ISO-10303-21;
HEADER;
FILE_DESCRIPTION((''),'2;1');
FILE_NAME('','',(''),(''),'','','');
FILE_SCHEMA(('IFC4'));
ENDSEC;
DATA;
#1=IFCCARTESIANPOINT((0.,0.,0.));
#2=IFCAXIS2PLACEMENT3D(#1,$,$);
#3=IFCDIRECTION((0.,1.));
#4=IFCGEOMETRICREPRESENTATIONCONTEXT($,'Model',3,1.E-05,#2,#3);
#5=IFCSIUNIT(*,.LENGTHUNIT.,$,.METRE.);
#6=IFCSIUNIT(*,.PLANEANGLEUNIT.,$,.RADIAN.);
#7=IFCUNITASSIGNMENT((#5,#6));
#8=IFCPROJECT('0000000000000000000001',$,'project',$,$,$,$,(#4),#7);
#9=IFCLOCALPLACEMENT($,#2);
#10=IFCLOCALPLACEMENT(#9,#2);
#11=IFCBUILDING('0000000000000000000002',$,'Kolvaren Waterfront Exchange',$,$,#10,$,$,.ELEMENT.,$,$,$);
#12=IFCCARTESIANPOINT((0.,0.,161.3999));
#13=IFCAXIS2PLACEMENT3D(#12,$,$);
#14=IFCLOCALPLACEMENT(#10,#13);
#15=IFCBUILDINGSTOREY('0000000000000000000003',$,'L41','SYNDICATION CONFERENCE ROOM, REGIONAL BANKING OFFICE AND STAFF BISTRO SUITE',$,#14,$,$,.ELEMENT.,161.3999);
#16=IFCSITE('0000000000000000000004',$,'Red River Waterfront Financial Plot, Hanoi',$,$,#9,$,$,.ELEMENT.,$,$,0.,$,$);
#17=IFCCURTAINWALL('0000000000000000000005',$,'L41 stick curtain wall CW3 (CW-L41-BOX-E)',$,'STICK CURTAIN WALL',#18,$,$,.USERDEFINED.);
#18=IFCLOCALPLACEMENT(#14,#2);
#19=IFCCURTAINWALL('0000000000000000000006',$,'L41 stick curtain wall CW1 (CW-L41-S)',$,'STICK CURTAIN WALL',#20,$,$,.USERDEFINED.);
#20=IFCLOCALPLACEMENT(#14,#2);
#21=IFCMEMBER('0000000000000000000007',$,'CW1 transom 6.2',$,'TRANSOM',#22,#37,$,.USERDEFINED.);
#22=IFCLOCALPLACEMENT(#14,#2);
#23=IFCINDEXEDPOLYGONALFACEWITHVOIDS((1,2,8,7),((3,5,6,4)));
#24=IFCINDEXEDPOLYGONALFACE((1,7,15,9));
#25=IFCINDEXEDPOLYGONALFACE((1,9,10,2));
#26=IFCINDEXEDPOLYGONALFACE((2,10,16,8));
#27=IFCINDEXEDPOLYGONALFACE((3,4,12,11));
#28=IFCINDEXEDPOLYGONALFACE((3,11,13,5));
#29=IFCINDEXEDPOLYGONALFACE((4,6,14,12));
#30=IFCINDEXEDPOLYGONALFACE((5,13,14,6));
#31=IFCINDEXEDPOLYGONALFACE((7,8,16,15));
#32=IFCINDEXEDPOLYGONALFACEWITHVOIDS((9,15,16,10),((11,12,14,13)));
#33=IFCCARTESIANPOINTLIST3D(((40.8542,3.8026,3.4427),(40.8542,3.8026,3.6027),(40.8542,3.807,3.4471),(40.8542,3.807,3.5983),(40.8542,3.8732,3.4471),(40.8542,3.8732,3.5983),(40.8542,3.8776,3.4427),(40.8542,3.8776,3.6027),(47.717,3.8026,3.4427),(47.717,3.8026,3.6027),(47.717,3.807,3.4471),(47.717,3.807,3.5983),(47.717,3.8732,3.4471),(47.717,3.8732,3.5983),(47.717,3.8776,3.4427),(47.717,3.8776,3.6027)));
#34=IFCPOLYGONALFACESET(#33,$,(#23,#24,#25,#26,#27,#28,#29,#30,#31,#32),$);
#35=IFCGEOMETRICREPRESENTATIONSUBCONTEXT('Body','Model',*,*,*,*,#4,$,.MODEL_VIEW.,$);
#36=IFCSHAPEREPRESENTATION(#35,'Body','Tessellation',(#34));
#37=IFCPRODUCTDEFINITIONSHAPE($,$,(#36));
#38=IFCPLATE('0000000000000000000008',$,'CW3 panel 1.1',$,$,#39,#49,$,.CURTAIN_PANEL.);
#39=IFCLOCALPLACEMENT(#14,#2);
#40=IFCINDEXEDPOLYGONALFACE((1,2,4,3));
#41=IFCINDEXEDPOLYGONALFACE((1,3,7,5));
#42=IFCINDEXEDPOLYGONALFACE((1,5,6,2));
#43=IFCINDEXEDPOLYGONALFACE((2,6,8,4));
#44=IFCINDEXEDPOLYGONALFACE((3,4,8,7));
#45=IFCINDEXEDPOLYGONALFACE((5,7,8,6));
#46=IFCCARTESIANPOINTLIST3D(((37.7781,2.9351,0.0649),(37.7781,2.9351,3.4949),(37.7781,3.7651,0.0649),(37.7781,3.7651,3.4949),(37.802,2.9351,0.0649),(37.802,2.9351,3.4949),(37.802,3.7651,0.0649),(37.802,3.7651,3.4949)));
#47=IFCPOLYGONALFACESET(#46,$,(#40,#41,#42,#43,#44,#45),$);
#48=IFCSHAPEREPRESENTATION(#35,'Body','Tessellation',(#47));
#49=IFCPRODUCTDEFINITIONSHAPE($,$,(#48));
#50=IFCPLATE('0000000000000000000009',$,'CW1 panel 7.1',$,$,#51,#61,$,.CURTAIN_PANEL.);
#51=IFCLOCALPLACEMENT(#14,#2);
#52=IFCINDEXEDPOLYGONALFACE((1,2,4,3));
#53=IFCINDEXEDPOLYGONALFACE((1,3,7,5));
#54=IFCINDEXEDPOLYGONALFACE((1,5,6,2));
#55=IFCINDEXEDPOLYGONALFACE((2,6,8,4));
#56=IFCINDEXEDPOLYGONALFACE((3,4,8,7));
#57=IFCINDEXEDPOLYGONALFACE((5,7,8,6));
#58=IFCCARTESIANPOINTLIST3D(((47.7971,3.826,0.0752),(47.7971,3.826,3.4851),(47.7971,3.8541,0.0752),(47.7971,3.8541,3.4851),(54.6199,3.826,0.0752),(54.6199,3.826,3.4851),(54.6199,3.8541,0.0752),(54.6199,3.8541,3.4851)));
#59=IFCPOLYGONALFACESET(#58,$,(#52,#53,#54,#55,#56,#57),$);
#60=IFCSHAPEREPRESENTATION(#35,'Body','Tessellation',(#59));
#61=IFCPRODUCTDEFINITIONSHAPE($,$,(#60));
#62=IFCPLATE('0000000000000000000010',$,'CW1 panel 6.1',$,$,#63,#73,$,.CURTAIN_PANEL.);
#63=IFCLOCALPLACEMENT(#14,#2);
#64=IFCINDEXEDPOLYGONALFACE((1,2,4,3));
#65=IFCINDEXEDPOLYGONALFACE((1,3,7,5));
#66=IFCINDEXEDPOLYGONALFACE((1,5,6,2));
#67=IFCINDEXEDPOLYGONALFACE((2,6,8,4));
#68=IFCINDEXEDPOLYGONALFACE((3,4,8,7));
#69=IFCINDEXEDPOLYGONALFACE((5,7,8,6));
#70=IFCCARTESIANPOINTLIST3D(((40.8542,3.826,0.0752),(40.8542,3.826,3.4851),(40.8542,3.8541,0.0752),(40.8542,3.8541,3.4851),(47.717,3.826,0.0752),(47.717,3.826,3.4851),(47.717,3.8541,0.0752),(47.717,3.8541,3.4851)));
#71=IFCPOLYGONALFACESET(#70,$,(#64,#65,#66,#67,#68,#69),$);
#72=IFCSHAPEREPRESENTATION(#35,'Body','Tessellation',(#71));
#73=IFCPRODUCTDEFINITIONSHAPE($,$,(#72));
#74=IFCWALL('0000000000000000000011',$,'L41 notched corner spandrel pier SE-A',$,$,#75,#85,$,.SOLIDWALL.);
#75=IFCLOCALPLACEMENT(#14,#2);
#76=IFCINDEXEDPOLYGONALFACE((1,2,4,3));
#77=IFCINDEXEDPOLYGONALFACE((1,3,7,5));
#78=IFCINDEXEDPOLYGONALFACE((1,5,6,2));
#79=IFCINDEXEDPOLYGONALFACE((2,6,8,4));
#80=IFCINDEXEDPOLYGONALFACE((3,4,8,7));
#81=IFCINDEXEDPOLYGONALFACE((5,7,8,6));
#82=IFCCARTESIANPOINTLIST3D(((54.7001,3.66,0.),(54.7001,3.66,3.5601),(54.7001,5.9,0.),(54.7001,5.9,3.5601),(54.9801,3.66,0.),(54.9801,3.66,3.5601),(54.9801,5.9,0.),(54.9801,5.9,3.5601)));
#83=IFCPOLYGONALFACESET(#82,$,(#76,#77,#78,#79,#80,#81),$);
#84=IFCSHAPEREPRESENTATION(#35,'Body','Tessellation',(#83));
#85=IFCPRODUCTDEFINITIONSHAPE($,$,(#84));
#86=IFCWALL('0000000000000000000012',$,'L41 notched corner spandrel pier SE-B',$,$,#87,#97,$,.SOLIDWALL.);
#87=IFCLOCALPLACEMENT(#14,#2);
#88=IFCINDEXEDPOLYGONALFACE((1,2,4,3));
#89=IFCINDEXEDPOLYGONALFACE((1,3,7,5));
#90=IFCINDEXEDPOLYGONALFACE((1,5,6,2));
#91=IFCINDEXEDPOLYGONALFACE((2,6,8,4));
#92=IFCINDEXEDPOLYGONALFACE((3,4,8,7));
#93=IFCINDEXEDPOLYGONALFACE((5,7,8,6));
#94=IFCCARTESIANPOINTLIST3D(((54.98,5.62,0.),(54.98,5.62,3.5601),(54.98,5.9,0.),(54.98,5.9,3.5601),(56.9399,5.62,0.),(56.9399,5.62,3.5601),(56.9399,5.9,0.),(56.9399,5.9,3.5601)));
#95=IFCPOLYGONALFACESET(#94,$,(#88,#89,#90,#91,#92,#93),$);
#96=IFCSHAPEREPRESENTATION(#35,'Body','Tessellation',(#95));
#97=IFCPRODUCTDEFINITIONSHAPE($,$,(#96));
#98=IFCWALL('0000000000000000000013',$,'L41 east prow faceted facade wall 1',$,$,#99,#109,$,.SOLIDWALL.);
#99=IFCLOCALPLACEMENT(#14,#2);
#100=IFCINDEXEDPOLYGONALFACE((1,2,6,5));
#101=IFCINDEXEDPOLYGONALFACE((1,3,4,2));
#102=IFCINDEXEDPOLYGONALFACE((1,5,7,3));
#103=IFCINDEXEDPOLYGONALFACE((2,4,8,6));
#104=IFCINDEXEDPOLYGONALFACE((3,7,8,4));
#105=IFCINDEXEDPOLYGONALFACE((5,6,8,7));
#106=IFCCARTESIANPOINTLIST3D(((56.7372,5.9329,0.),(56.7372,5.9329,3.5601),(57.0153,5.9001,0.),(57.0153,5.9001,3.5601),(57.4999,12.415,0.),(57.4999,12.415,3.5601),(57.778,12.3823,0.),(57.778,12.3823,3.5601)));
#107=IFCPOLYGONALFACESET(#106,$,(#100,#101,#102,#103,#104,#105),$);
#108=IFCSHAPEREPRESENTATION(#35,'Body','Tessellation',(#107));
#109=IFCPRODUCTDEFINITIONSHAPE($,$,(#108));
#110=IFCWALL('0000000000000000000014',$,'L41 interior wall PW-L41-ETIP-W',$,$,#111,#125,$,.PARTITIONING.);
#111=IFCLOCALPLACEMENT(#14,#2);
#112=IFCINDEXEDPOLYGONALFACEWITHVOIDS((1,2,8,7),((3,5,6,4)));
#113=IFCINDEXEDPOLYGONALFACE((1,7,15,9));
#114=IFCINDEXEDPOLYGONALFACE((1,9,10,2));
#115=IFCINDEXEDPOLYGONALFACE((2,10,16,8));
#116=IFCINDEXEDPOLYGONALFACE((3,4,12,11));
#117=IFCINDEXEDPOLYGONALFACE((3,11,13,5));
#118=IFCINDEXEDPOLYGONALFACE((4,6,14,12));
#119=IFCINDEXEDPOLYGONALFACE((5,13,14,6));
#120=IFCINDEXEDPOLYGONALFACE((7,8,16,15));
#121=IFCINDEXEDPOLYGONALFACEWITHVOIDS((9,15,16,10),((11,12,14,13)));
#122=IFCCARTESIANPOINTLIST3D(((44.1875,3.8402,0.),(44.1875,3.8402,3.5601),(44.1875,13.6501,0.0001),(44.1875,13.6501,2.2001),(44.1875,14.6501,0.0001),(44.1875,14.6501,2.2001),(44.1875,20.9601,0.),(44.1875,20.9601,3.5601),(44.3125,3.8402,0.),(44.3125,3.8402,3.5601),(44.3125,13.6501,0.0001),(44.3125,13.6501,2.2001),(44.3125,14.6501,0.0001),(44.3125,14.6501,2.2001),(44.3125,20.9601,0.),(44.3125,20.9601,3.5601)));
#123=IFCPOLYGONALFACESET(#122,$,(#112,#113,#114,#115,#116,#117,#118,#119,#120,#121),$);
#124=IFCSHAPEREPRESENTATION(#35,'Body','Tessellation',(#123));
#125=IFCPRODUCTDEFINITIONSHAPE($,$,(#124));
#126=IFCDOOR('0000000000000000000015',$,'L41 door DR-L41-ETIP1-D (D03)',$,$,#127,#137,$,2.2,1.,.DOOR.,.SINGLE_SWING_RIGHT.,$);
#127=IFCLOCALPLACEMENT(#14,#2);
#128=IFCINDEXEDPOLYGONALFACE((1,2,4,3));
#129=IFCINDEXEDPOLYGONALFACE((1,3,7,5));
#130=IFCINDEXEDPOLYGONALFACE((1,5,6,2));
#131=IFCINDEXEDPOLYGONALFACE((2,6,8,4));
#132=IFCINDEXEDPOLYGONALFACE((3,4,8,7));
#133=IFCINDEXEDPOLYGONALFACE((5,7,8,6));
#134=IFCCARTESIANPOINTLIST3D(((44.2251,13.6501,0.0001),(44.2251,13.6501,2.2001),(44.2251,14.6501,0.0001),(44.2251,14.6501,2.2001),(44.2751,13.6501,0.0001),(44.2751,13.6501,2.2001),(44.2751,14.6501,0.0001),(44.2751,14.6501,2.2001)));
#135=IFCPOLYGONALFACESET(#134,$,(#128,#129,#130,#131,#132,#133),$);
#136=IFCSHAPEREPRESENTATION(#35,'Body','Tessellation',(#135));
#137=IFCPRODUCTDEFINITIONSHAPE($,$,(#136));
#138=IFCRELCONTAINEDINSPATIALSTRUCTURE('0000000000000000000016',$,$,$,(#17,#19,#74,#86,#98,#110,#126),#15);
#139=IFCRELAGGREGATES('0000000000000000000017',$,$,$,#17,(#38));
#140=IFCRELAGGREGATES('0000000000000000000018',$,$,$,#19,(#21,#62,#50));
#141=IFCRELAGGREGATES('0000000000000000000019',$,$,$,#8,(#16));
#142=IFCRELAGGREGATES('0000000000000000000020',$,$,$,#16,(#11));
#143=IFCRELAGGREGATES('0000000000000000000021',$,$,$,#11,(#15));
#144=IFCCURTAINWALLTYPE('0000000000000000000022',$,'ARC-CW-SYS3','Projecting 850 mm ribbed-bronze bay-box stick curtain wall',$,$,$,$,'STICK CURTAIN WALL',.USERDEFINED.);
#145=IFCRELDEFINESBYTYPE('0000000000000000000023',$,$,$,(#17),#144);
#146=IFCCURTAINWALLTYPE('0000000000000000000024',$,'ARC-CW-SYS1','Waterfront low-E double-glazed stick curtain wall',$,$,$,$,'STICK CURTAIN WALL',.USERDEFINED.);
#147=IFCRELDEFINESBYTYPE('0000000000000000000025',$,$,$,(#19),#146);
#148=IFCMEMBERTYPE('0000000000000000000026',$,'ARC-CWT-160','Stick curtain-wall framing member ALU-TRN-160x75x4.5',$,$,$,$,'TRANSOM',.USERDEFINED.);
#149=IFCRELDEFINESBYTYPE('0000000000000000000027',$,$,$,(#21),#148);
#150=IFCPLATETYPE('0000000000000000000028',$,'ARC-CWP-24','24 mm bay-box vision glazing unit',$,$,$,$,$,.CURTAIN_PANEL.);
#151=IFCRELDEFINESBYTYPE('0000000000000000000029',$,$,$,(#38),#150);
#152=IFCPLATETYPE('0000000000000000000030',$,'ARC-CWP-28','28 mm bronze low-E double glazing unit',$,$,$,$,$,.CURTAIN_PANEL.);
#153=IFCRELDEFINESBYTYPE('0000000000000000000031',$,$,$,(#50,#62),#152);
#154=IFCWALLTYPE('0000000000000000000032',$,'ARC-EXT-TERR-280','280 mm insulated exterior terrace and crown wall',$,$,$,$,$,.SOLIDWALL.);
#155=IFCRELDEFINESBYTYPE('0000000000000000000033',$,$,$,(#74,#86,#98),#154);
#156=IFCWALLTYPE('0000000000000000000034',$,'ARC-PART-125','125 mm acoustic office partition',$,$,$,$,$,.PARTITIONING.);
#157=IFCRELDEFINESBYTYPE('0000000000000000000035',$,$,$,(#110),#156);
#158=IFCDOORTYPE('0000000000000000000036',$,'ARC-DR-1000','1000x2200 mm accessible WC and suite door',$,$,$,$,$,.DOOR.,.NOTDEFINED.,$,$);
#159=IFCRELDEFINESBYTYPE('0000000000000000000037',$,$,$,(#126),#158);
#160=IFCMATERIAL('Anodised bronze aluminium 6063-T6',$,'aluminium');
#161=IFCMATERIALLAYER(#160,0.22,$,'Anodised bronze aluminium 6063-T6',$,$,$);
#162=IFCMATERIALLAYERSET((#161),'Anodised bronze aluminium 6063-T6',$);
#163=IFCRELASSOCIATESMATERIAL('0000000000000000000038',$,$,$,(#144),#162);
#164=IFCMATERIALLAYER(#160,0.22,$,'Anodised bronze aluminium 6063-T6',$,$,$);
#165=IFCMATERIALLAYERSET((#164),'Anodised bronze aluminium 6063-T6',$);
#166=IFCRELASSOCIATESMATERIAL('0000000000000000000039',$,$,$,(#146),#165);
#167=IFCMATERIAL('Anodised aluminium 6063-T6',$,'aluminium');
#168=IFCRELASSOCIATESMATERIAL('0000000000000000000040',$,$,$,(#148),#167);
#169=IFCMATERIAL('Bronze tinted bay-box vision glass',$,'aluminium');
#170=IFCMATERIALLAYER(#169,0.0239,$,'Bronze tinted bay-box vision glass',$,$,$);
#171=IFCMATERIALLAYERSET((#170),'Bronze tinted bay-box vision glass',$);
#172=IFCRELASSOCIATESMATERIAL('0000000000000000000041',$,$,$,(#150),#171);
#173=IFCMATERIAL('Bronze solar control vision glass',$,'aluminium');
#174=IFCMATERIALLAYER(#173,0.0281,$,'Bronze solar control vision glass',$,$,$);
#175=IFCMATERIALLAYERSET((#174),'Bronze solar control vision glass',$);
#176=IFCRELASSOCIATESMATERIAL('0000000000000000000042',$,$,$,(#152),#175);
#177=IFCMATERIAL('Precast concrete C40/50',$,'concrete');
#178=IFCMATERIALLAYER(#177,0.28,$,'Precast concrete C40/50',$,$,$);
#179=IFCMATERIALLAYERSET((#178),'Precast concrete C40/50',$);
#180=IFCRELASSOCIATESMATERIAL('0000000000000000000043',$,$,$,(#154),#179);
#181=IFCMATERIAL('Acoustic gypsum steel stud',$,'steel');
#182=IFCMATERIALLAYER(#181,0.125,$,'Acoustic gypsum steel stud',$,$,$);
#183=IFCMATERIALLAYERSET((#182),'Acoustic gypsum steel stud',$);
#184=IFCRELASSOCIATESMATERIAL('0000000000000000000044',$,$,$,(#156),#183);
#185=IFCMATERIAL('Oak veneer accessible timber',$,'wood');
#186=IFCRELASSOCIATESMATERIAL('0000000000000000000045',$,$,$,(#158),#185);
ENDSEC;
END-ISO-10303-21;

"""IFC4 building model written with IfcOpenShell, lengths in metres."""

from ifc_helpers import new_model, si_unit, direction, frame, frame_2d, origin, origin_with_axes, origin_2d, place, context, subcontext, project, spatial, rectangle, hollow_rectangle, extrude, source, transform, mapped, material, layer, layer_set, material_profile, profile_set, type_object, element, fill, aggregate, save


model = new_model("IFC4")

# Units and contexts
model_context = context("Model", 3, precision=1e-05, world=origin(), true_north=direction((0.0, 1.0)))
body_context = subcontext(model_context, "Body", "Model", "MODEL_VIEW")
ifc_project = project(units=[si_unit("LENGTHUNIT", "METRE"), si_unit("PLANEANGLEUNIT", "RADIAN")], contexts=[model_context])

# Site, building, storey
site_placement = place(None, origin())
site = spatial("IfcSite", under=ifc_project, at=site_placement, Name="Red River Waterfront Financial Plot, Hanoi", CompositionType="ELEMENT", RefElevation=0.0)
building_placement = place(site_placement, origin())
building = spatial("IfcBuilding", under=site, at=building_placement, Name="Kolvaren Waterfront Exchange", CompositionType="ELEMENT")
storey_placement = place(building_placement, frame((0.0, 0.0, 161.3999)))
storey = spatial("IfcBuildingStorey", under=building, at=storey_placement, Name="L41", Description="SYNDICATION CONFERENCE ROOM, REGIONAL BANKING OFFICE AND STAFF BISTRO SUITE", CompositionType="ELEMENT", Elevation=161.3999)

# Curtain wall
ifc_material_1 = material(Name="Anodised bronze aluminium 6063-T6", Category="aluminium")
ifc_layer_1 = layer(ifc_material_1, 0.22, Name="Anodised bronze aluminium 6063-T6")
ifc_layer_set_1 = layer_set([ifc_layer_1], Name="Anodised bronze aluminium 6063-T6")
curtain_wall_type_1 = type_object("IfcCurtainWallType", Name="ARC-CW-SYS3", Description="Projecting 850 mm ribbed-bronze bay-box stick curtain wall", ElementType="STICK CURTAIN WALL", PredefinedType="USERDEFINED", material=ifc_layer_set_1)
curtain_wall_1_placement = place(storey_placement, origin())
curtain_wall_1 = element("IfcCurtainWall", 1, at=curtain_wall_1_placement, inside=storey, type_object=curtain_wall_type_1, Name="L41 stick curtain wall CW3 (CW-L41-BOX-E)", ObjectType="STICK CURTAIN WALL", PredefinedType="USERDEFINED")

# Curtain wall, member
ifc_layer_2 = layer(ifc_material_1, 0.22, Name="Anodised bronze aluminium 6063-T6")
ifc_layer_set_2 = layer_set([ifc_layer_2], Name="Anodised bronze aluminium 6063-T6")
curtain_wall_type_2 = type_object("IfcCurtainWallType", Name="ARC-CW-SYS1", Description="Waterfront low-E double-glazed stick curtain wall", ElementType="STICK CURTAIN WALL", PredefinedType="USERDEFINED", material=ifc_layer_set_2)
curtain_wall_2_placement = place(storey_placement, origin())
curtain_wall_2 = element("IfcCurtainWall", 2, at=curtain_wall_2_placement, inside=storey, type_object=curtain_wall_type_2, Name="L41 stick curtain wall CW1 (CW-L41-S)", ObjectType="STICK CURTAIN WALL", PredefinedType="USERDEFINED")
ifc_material_2 = material(Name="Anodised aluminium 6063-T6", Category="aluminium")
ifc_material_profile_1 = material_profile(ifc_material_2, hollow_rectangle(XDim=0.075, YDim=0.1599, WallThickness=0.0044, at=origin_2d()), Name="ALU-TRN-160x75x4.5")
ifc_profile_set_1 = profile_set([ifc_material_profile_1], Name="Anodised aluminium 6063-T6")
member_type_1 = type_object("IfcMemberType", Name="ARC-CWT-160", Description="Stick curtain-wall framing member ALU-TRN-160x75x4.5", ElementType="TRANSOM", PredefinedType="USERDEFINED", material=ifc_profile_set_1)
shared_shape_1 = source(origin_with_axes(), body_context, "Body", "SweptSolid", [
    extrude(hollow_rectangle(XDim=0.075, YDim=0.1599, WallThickness=0.0044, at=origin_2d()), origin(), (0.0, 0.0, 1.0), 6.8628),
])
member_1_placement = place(storey_placement, frame((40.8542, 3.8401, 3.5227), z_axis=(1.0, 0.0, 0.0), x_axis=(0.0, 1.0, 0.0)))
member_1 = element("IfcMember", 3, at=member_1_placement, type_object=member_type_1, Name="CW1 transom 6.2", ObjectType="TRANSOM", PredefinedType="USERDEFINED", context=body_context, shape_type="MappedRepresentation", body=[
    mapped(shared_shape_1, transform((0.0, 0.0, 0.0), x_axis=(1.0, 0.0, 0.0), y_axis=(0.0, 1.0, 0.0), z_axis=(0.0, 0.0, 1.0), scale=1.0)),
])

# Plates
ifc_material_3 = material(Name="Bronze tinted bay-box vision glass", Category="aluminium")
ifc_layer_3 = layer(ifc_material_3, 0.0239, Name="Bronze tinted bay-box vision glass")
ifc_layer_set_3 = layer_set([ifc_layer_3], Name="Bronze tinted bay-box vision glass")
plate_type_1 = type_object("IfcPlateType", Name="ARC-CWP-24", Description="24 mm bay-box vision glazing unit", PredefinedType="CURTAIN_PANEL", material=ifc_layer_set_3)
shared_shape_2 = source(origin_with_axes(), body_context, "Body", "SweptSolid", [
    extrude(rectangle(XDim=0.8301, YDim=0.0239, at=origin_2d()), origin(), (0.0, 0.0, 1.0), 3.4299),
])
plate_1_placement = place(storey_placement, frame((37.79, 3.3501, 0.0649), z_axis=(0.0, 0.0, 1.0), x_axis=(0.0, 1.0, 0.0)))
plate_1 = element("IfcPlate", 4, at=plate_1_placement, type_object=plate_type_1, Name="CW3 panel 1.1", PredefinedType="CURTAIN_PANEL", context=body_context, shape_type="MappedRepresentation", body=[
    mapped(shared_shape_2, transform((0.0, 0.0, 0.0), x_axis=(1.0, 0.0, 0.0), y_axis=(0.0, 1.0, 0.0), z_axis=(0.0, 0.0, 1.0), scale=1.0)),
])
aggregate(curtain_wall_1, [plate_1])
ifc_material_4 = material(Name="Bronze solar control vision glass", Category="aluminium")
ifc_layer_4 = layer(ifc_material_4, 0.0281, Name="Bronze solar control vision glass")
ifc_layer_set_4 = layer_set([ifc_layer_4], Name="Bronze solar control vision glass")
plate_type_2 = type_object("IfcPlateType", Name="ARC-CWP-28", Description="28 mm bronze low-E double glazing unit", PredefinedType="CURTAIN_PANEL", material=ifc_layer_set_4)
shared_shape_3 = source(origin_with_axes(), body_context, "Body", "SweptSolid", [
    extrude(rectangle(XDim=6.8228, YDim=0.0281, at=origin_2d()), origin(), (0.0, 0.0, 1.0), 3.4099),
])
plate_2_placement = place(storey_placement, frame((51.2085, 3.8401, 0.0752), z_axis=(0.0, 0.0, 1.0), x_axis=(1.0, 0.0, 0.0)))
plate_2 = element("IfcPlate", 5, at=plate_2_placement, type_object=plate_type_2, Name="CW1 panel 7.1", PredefinedType="CURTAIN_PANEL", context=body_context, shape_type="MappedRepresentation", body=[
    mapped(shared_shape_3, transform((0.0, 0.0, 0.0), x_axis=(1.0, 0.0, 0.0), y_axis=(0.0, 1.0, 0.0), z_axis=(0.0, 0.0, 1.0), scale=1.0)),
])
shared_shape_4 = source(origin_with_axes(), body_context, "Body", "SweptSolid", [
    extrude(rectangle(XDim=6.8628, YDim=0.0281, at=origin_2d()), origin(), (0.0, 0.0, 1.0), 3.4099),
])
plate_3_placement = place(storey_placement, frame((44.2856, 3.8401, 0.0752), z_axis=(0.0, 0.0, 1.0), x_axis=(1.0, 0.0, 0.0)))
plate_3 = element("IfcPlate", 6, at=plate_3_placement, type_object=plate_type_2, Name="CW1 panel 6.1", PredefinedType="CURTAIN_PANEL", context=body_context, shape_type="MappedRepresentation", body=[
    mapped(shared_shape_4, transform((0.0, 0.0, 0.0), x_axis=(1.0, 0.0, 0.0), y_axis=(0.0, 1.0, 0.0), z_axis=(0.0, 0.0, 1.0), scale=1.0)),
])
aggregate(curtain_wall_2, [member_1, plate_3, plate_2])

# Walls
ifc_material_5 = material(Name="Precast concrete C40/50", Category="concrete")
ifc_layer_5 = layer(ifc_material_5, 0.28, Name="Precast concrete C40/50")
ifc_layer_set_5 = layer_set([ifc_layer_5], Name="Precast concrete C40/50")
wall_type_1 = type_object("IfcWallType", Name="ARC-EXT-TERR-280", Description="280 mm insulated exterior terrace and crown wall", PredefinedType="SOLIDWALL", material=ifc_layer_set_5)
wall_1_placement = place(storey_placement, frame((54.8401, 3.6599, 0.0), z_axis=(0.0, 0.0, 1.0), x_axis=(0.0, 1.0, 0.0)))
element("IfcWall", 7, at=wall_1_placement, inside=storey, type_object=wall_type_1, Name="L41 notched corner spandrel pier SE-A", PredefinedType="SOLIDWALL", context=body_context, shape_type="SweptSolid", body=[
    extrude(rectangle(XDim=2.24, YDim=0.28, at=frame_2d((1.1201, 0.0))), origin(), (0.0, 0.0, 1.0), 3.5601),
])
wall_2_placement = place(storey_placement, frame((54.98, 5.76, 0.0), z_axis=(0.0, 0.0, 1.0), x_axis=(1.0, 0.0, 0.0)))
element("IfcWall", 8, at=wall_2_placement, inside=storey, type_object=wall_type_1, Name="L41 notched corner spandrel pier SE-B", PredefinedType="SOLIDWALL", context=body_context, shape_type="SweptSolid", body=[
    extrude(rectangle(XDim=1.96, YDim=0.28, at=frame_2d((0.98, 0.0))), origin(), (0.0, 0.0, 1.0), 3.5601),
])
wall_3_placement = place(storey_placement, frame((56.8762, 5.9165, 0.0), z_axis=(0.0, 0.0, 1.0), x_axis=(0.116854, 0.993149, 0.0)))
element("IfcWall", 9, at=wall_3_placement, inside=storey, type_object=wall_type_1, Name="L41 east prow faceted facade wall 1", PredefinedType="SOLIDWALL", context=body_context, shape_type="SweptSolid", body=[
    extrude(rectangle(XDim=6.5269, YDim=0.28, at=frame_2d((3.2634, 0.0))), origin(), (0.0, 0.0, 1.0), 3.5601),
])

# Wall, opening, door
ifc_material_6 = material(Name="Acoustic gypsum steel stud", Category="steel")
ifc_layer_6 = layer(ifc_material_6, 0.125, Name="Acoustic gypsum steel stud")
ifc_layer_set_6 = layer_set([ifc_layer_6], Name="Acoustic gypsum steel stud")
wall_type_2 = type_object("IfcWallType", Name="ARC-PART-125", Description="125 mm acoustic office partition", PredefinedType="PARTITIONING", material=ifc_layer_set_6)
wall_4_placement = place(storey_placement, frame((44.25, 3.8401, 0.0), z_axis=(0.0, 0.0, 1.0), x_axis=(0.0, 1.0, 0.0)))
wall_4 = element("IfcWall", 10, at=wall_4_placement, inside=storey, type_object=wall_type_2, Name="L41 interior wall PW-L41-ETIP-W", PredefinedType="PARTITIONING", context=body_context, shape_type="SweptSolid", body=[
    extrude(rectangle(XDim=17.1199, YDim=0.125, at=frame_2d((8.5601, 0.0))), origin(), (0.0, 0.0, 1.0), 3.5601),
])
opening_placement = place(wall_4_placement, frame((9.8101, 0.0, 0.0)))
opening = element("IfcOpeningElement", 11, at=opening_placement, cuts=wall_4, PredefinedType="OPENING", context=body_context, shape_type="SweptSolid", body=[
    extrude(rectangle(XDim=1.0, YDim=2.2, at=frame_2d((0.5, 1.1001))), frame((0.0, 0.0725, 0.0), z_axis=(0.0, -1.0, 0.0), x_axis=(1.0, 0.0, 0.0)), (0.0, 0.0, 1.0), 0.145),
])
ifc_material_7 = material(Name="Oak veneer accessible timber", Category="wood")
door_type = type_object("IfcDoorType", Name="ARC-DR-1000", Description="1000x2200 mm accessible WC and suite door", OperationType="NOTDEFINED", PredefinedType="DOOR", material=ifc_material_7)
door_placement = place(opening_placement, origin())
door = element("IfcDoor", 12, at=door_placement, inside=storey, type_object=door_type, Name="L41 door DR-L41-ETIP1-D (D03)", OperationType="SINGLE_SWING_RIGHT", OverallHeight=2.2, OverallWidth=1.0, PredefinedType="DOOR", context=body_context, shape_type="SweptSolid", body=[
    extrude(rectangle(XDim=1.0, YDim=2.2, at=frame_2d((0.5, 1.1001))), frame((0.0, 0.0249, 0.0), z_axis=(0.0, -1.0, 0.0), x_axis=(1.0, 0.0, 0.0)), (0.0, 0.0, 1.0), 0.05),
])
fill(opening, door)

save(model, "model.ifc")
